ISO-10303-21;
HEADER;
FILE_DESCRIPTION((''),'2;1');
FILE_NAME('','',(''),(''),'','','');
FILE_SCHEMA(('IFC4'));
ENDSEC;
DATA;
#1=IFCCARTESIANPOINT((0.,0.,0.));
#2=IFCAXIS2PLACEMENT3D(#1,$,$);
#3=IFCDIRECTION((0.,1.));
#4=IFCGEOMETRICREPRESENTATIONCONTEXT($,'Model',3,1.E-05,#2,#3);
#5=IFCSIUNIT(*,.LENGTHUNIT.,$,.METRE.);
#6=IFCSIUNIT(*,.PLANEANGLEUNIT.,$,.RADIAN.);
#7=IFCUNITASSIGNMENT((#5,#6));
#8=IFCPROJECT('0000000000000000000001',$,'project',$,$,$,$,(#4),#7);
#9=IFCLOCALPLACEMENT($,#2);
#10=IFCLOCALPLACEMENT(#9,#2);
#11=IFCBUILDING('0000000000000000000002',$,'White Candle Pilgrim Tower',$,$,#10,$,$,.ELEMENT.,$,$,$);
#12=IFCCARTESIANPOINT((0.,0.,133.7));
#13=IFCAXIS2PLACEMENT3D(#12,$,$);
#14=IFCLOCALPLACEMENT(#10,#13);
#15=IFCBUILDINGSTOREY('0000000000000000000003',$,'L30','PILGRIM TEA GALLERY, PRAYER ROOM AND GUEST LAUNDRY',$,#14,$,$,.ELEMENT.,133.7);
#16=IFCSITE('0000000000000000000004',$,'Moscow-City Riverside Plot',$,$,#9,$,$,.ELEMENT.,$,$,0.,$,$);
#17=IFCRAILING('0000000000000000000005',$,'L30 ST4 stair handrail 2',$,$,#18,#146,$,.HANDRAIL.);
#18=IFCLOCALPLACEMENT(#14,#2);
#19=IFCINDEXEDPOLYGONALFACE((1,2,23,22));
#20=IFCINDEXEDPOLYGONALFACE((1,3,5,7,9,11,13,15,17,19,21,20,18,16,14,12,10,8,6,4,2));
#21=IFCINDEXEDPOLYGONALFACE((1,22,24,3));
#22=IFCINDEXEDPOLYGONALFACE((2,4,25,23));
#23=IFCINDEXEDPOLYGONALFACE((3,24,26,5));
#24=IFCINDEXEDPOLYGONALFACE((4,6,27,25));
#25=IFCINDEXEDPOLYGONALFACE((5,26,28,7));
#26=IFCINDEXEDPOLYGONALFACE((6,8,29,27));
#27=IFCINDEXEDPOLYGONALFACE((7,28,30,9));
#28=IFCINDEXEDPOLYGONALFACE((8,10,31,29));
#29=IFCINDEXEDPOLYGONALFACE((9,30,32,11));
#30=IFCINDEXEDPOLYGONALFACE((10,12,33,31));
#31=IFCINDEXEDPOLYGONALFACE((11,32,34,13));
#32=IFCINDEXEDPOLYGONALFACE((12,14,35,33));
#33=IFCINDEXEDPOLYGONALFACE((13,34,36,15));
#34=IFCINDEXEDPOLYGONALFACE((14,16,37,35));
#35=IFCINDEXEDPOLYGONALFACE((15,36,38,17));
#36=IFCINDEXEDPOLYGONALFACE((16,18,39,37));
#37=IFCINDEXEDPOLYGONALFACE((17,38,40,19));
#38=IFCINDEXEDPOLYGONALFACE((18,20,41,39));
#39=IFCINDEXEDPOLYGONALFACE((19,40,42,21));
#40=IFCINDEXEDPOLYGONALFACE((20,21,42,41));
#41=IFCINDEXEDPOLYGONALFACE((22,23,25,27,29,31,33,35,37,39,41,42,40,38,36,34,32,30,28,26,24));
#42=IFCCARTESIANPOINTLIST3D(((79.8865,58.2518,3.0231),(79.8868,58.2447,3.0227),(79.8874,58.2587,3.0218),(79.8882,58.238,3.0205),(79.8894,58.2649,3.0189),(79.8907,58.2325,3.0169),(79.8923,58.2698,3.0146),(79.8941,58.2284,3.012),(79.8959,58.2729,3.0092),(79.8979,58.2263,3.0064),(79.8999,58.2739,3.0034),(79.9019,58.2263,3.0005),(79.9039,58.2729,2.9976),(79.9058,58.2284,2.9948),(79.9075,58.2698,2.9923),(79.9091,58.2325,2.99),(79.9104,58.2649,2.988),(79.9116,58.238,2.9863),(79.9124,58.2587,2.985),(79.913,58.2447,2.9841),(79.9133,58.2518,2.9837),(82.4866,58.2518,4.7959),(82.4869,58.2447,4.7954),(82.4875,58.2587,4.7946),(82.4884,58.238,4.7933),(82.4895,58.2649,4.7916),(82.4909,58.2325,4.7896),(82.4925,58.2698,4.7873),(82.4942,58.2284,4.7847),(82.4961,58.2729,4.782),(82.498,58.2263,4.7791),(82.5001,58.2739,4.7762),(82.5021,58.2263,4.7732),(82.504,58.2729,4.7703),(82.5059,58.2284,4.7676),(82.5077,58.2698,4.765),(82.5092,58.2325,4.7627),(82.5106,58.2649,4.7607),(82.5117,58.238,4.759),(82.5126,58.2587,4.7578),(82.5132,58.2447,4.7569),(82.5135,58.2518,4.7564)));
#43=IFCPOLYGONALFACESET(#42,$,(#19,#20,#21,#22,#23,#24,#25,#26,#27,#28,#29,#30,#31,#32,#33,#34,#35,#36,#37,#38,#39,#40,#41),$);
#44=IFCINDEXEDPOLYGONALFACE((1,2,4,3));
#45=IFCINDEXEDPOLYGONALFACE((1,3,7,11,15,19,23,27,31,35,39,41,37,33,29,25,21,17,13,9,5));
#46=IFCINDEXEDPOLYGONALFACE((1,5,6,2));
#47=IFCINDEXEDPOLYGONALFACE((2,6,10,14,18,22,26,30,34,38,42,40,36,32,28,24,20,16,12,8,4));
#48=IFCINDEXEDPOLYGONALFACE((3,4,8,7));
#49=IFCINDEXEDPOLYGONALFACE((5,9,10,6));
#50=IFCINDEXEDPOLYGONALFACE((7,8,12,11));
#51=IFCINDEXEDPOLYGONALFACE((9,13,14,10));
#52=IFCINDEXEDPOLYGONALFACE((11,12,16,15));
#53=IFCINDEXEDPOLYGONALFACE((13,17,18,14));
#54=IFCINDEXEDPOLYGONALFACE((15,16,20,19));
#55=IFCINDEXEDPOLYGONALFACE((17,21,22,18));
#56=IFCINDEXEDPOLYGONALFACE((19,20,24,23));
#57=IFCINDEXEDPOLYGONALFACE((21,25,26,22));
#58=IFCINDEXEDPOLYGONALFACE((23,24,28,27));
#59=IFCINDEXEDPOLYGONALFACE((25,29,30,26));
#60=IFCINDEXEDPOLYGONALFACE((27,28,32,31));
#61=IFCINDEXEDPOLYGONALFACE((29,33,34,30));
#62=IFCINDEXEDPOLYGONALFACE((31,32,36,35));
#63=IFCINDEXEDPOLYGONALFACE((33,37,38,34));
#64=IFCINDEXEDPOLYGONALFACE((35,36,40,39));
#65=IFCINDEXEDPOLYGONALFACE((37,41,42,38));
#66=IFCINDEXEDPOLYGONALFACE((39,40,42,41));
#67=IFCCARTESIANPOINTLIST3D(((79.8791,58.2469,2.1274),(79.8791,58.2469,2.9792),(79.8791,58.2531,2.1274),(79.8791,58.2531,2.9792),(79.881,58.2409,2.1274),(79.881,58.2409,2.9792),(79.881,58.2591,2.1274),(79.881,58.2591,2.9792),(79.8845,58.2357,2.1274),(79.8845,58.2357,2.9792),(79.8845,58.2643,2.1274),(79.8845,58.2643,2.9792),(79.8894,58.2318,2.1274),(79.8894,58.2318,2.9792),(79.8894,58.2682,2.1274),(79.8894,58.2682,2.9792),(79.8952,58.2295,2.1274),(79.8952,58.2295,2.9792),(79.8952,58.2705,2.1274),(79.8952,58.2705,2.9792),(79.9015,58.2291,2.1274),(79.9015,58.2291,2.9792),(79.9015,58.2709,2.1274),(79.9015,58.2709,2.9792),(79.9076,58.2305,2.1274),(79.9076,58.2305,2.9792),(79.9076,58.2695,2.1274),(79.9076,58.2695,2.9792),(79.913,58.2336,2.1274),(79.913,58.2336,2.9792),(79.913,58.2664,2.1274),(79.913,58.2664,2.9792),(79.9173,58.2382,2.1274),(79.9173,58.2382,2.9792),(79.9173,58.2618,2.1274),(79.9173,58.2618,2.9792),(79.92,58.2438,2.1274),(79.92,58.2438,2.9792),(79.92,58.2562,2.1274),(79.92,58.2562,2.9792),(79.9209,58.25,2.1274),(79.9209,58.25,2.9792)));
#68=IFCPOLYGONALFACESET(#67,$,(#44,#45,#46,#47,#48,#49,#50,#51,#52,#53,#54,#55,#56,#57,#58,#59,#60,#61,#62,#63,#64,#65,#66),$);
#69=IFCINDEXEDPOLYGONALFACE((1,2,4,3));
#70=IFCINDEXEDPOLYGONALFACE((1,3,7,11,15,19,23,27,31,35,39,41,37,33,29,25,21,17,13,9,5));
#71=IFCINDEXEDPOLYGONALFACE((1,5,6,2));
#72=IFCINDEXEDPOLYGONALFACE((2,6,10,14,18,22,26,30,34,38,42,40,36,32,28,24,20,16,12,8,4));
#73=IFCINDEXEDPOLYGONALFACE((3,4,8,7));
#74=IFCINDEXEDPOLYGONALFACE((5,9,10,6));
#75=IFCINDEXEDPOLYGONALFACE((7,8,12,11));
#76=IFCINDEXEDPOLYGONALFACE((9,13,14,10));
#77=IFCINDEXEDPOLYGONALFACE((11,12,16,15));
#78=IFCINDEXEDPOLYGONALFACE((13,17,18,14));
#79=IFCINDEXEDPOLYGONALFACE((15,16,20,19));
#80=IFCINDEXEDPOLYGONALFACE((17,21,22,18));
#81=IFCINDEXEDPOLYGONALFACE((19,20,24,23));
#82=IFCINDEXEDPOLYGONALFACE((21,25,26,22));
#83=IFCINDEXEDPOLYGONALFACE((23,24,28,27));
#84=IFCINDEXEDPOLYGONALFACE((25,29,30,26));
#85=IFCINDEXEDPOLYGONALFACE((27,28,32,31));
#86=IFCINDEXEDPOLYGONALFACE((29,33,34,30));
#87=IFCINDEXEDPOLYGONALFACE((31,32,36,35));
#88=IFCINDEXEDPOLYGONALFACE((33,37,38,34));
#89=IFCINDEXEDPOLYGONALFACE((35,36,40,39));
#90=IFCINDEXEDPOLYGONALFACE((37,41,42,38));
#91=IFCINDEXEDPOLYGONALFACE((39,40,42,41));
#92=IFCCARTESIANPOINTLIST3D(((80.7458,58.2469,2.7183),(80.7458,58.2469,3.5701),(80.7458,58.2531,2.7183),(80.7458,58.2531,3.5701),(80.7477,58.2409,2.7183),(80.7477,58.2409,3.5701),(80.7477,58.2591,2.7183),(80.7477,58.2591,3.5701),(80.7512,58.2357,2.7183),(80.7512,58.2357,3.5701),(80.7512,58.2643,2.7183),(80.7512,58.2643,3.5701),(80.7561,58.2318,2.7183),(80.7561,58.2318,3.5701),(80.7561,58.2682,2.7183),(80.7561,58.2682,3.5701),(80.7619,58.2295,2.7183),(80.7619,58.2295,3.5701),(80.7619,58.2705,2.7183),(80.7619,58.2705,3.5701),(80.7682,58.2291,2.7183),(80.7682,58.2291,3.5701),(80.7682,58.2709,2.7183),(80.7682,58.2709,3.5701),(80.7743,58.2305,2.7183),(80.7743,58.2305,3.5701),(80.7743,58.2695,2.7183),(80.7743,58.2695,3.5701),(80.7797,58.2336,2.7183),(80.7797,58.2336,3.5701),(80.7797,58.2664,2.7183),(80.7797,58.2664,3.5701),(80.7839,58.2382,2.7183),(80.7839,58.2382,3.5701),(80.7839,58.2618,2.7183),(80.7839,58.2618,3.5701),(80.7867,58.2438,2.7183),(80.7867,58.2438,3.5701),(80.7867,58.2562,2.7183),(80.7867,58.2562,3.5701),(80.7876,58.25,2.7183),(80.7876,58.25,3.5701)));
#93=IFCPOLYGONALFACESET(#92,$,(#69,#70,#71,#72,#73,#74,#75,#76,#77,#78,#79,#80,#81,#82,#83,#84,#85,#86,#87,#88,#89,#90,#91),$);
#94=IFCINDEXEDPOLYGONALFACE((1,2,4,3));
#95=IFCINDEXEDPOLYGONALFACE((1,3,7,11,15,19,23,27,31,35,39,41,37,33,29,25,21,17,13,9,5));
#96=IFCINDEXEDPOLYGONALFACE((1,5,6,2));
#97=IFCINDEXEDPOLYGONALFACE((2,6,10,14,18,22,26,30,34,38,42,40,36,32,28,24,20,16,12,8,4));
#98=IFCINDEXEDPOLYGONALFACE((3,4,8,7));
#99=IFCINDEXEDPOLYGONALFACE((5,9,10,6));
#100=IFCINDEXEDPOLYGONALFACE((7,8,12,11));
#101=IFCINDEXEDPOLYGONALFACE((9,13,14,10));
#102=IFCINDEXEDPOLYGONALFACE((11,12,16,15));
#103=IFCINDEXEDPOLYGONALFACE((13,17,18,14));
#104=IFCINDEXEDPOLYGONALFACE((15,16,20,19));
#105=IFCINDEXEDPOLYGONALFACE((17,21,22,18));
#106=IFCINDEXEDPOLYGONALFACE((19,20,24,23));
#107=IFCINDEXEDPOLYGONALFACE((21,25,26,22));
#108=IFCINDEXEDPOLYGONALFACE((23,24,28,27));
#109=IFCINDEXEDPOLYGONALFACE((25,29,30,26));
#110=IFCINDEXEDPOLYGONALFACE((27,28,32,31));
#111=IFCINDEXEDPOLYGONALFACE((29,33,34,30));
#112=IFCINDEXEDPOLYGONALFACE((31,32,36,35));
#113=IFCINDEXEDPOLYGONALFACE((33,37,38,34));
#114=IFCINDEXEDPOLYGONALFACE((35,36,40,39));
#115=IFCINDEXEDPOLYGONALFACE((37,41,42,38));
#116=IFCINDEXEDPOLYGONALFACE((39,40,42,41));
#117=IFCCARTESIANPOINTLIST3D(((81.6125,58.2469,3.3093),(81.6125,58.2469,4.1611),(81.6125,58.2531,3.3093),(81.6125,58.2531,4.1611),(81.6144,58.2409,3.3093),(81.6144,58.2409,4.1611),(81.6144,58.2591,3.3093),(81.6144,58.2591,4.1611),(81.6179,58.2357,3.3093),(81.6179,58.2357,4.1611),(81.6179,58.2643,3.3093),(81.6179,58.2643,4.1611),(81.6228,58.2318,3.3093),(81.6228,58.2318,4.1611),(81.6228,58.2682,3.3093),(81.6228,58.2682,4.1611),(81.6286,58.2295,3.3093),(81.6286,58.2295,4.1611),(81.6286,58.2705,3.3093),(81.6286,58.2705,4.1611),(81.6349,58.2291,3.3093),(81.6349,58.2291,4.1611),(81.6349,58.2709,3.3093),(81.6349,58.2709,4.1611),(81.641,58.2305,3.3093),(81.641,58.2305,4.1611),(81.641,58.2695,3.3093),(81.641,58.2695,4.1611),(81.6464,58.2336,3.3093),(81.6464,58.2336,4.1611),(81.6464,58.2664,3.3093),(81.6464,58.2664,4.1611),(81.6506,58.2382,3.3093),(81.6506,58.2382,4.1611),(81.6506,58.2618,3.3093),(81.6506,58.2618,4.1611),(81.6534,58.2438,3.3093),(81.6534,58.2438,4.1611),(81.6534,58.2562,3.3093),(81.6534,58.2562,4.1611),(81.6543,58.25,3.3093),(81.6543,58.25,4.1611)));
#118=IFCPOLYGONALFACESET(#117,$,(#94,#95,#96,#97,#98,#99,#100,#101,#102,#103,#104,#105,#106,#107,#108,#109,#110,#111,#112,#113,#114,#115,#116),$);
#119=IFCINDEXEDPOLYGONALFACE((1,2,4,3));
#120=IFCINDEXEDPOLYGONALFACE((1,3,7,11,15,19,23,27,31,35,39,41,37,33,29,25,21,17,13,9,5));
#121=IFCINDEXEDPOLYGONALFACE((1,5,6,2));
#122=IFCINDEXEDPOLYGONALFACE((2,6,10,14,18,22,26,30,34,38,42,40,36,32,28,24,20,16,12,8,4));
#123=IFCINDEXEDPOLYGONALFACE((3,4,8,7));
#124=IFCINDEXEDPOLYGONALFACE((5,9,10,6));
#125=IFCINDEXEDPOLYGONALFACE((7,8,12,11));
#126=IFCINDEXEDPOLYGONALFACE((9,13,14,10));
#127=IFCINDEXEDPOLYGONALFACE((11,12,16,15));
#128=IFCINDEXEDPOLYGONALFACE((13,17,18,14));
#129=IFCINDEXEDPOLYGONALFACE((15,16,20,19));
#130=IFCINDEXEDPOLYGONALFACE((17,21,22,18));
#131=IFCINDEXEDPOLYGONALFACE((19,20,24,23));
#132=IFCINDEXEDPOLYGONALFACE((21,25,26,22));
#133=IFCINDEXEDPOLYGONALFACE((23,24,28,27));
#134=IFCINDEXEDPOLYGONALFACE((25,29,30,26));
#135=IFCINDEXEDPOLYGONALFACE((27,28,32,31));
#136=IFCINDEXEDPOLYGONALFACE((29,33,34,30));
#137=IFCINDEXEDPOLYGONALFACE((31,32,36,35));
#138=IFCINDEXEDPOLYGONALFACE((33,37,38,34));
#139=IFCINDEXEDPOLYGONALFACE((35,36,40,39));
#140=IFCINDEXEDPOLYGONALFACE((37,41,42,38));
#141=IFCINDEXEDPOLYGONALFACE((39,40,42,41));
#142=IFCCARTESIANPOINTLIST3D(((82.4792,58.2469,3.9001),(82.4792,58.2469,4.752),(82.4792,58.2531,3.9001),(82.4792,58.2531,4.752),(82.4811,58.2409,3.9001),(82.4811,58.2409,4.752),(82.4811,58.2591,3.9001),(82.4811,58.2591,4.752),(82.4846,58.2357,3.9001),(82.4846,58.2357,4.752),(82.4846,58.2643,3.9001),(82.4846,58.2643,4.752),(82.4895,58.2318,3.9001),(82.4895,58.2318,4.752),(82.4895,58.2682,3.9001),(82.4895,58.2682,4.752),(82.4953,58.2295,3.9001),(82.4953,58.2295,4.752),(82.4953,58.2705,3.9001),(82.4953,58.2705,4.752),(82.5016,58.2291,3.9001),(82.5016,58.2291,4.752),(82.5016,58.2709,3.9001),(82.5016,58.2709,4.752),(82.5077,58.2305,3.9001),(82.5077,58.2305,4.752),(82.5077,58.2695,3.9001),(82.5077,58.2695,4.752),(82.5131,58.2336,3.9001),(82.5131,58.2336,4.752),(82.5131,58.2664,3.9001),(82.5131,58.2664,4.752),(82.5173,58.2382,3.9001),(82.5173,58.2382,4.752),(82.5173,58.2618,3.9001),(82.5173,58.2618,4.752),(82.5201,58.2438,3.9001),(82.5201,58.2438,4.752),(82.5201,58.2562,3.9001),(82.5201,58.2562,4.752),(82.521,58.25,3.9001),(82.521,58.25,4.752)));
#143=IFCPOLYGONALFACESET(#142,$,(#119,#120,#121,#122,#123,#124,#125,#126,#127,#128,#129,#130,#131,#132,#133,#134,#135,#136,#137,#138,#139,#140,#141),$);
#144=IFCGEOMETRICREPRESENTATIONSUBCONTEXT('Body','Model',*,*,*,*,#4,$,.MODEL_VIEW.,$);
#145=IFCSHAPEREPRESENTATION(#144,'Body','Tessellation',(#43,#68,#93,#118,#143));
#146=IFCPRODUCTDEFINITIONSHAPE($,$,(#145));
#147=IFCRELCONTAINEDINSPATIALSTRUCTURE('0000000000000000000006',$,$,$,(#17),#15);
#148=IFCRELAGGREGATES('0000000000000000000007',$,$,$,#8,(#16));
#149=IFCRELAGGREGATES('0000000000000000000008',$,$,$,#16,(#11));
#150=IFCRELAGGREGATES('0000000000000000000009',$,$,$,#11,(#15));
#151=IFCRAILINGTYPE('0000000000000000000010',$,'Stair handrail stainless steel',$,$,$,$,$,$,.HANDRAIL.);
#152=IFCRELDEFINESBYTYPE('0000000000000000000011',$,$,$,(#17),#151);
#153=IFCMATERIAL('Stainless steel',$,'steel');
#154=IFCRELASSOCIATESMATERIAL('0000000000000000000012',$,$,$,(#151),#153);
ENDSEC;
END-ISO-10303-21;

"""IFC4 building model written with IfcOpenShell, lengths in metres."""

from ifc_helpers import new_model, si_unit, direction, frame, origin, origin_2d, place, context, subcontext, project, spatial, circle, extrude, material, type_object, element, save


model = new_model("IFC4")

# Units and contexts
model_context = context("Model", 3, precision=1e-05, world=origin(), true_north=direction((0.0, 1.0)))
body_context = subcontext(model_context, "Body", "Model", "MODEL_VIEW")
ifc_project = project(units=[si_unit("LENGTHUNIT", "METRE"), si_unit("PLANEANGLEUNIT", "RADIAN")], contexts=[model_context])

# Site, building, storey
site_placement = place(None, origin())
site = spatial("IfcSite", under=ifc_project, at=site_placement, Name="Moscow-City Riverside Plot", CompositionType="ELEMENT", RefElevation=0.0)
building_placement = place(site_placement, origin())
building = spatial("IfcBuilding", under=site, at=building_placement, Name="White Candle Pilgrim Tower", CompositionType="ELEMENT")
storey_placement = place(building_placement, frame((0.0, 0.0, 133.7)))
storey = spatial("IfcBuildingStorey", under=building, at=storey_placement, Name="L30", Description="PILGRIM TEA GALLERY, PRAYER ROOM AND GUEST LAUNDRY", CompositionType="ELEMENT", Elevation=133.7)

# Railing
ifc_material_1 = material(Name="Stainless steel", Category="steel")
railing_type_1 = type_object("IfcRailingType", Name="Stair handrail stainless steel", PredefinedType="HANDRAIL", material=ifc_material_1)
railing_1_placement = place(storey_placement, frame((79.8999, 58.25, 2.1274)))
element("IfcRailing", 1, at=railing_1_placement, inside=storey, type_object=railing_type_1, Name="L30 ST4 stair handrail 2", PredefinedType="HANDRAIL", context=body_context, shape_type="SweptSolid", body=[
    extrude(circle(Radius=0.0239, at=origin_2d()), frame((0.0, 0.0, 0.876), z_axis=(0.82624, 0.0, 0.563318), x_axis=(0.0, 1.0, 0.0)), (0.0, 0.0, 1.0), 3.147),
    extrude(circle(Radius=0.021, at=origin_2d()), origin(), (0.0, 0.0, 1.0), 0.8518),
    extrude(circle(Radius=0.021, at=origin_2d()), frame((0.8667, 0.0, 0.5908)), (0.0, 0.0, 1.0), 0.8518),
    extrude(circle(Radius=0.021, at=origin_2d()), frame((1.7334, 0.0, 1.1819)), (0.0, 0.0, 1.0), 0.8518),
    extrude(circle(Radius=0.021, at=origin_2d()), frame((2.6001, 0.0, 1.7727)), (0.0, 0.0, 1.0), 0.8518),
])

save(model, "model.ifc")
